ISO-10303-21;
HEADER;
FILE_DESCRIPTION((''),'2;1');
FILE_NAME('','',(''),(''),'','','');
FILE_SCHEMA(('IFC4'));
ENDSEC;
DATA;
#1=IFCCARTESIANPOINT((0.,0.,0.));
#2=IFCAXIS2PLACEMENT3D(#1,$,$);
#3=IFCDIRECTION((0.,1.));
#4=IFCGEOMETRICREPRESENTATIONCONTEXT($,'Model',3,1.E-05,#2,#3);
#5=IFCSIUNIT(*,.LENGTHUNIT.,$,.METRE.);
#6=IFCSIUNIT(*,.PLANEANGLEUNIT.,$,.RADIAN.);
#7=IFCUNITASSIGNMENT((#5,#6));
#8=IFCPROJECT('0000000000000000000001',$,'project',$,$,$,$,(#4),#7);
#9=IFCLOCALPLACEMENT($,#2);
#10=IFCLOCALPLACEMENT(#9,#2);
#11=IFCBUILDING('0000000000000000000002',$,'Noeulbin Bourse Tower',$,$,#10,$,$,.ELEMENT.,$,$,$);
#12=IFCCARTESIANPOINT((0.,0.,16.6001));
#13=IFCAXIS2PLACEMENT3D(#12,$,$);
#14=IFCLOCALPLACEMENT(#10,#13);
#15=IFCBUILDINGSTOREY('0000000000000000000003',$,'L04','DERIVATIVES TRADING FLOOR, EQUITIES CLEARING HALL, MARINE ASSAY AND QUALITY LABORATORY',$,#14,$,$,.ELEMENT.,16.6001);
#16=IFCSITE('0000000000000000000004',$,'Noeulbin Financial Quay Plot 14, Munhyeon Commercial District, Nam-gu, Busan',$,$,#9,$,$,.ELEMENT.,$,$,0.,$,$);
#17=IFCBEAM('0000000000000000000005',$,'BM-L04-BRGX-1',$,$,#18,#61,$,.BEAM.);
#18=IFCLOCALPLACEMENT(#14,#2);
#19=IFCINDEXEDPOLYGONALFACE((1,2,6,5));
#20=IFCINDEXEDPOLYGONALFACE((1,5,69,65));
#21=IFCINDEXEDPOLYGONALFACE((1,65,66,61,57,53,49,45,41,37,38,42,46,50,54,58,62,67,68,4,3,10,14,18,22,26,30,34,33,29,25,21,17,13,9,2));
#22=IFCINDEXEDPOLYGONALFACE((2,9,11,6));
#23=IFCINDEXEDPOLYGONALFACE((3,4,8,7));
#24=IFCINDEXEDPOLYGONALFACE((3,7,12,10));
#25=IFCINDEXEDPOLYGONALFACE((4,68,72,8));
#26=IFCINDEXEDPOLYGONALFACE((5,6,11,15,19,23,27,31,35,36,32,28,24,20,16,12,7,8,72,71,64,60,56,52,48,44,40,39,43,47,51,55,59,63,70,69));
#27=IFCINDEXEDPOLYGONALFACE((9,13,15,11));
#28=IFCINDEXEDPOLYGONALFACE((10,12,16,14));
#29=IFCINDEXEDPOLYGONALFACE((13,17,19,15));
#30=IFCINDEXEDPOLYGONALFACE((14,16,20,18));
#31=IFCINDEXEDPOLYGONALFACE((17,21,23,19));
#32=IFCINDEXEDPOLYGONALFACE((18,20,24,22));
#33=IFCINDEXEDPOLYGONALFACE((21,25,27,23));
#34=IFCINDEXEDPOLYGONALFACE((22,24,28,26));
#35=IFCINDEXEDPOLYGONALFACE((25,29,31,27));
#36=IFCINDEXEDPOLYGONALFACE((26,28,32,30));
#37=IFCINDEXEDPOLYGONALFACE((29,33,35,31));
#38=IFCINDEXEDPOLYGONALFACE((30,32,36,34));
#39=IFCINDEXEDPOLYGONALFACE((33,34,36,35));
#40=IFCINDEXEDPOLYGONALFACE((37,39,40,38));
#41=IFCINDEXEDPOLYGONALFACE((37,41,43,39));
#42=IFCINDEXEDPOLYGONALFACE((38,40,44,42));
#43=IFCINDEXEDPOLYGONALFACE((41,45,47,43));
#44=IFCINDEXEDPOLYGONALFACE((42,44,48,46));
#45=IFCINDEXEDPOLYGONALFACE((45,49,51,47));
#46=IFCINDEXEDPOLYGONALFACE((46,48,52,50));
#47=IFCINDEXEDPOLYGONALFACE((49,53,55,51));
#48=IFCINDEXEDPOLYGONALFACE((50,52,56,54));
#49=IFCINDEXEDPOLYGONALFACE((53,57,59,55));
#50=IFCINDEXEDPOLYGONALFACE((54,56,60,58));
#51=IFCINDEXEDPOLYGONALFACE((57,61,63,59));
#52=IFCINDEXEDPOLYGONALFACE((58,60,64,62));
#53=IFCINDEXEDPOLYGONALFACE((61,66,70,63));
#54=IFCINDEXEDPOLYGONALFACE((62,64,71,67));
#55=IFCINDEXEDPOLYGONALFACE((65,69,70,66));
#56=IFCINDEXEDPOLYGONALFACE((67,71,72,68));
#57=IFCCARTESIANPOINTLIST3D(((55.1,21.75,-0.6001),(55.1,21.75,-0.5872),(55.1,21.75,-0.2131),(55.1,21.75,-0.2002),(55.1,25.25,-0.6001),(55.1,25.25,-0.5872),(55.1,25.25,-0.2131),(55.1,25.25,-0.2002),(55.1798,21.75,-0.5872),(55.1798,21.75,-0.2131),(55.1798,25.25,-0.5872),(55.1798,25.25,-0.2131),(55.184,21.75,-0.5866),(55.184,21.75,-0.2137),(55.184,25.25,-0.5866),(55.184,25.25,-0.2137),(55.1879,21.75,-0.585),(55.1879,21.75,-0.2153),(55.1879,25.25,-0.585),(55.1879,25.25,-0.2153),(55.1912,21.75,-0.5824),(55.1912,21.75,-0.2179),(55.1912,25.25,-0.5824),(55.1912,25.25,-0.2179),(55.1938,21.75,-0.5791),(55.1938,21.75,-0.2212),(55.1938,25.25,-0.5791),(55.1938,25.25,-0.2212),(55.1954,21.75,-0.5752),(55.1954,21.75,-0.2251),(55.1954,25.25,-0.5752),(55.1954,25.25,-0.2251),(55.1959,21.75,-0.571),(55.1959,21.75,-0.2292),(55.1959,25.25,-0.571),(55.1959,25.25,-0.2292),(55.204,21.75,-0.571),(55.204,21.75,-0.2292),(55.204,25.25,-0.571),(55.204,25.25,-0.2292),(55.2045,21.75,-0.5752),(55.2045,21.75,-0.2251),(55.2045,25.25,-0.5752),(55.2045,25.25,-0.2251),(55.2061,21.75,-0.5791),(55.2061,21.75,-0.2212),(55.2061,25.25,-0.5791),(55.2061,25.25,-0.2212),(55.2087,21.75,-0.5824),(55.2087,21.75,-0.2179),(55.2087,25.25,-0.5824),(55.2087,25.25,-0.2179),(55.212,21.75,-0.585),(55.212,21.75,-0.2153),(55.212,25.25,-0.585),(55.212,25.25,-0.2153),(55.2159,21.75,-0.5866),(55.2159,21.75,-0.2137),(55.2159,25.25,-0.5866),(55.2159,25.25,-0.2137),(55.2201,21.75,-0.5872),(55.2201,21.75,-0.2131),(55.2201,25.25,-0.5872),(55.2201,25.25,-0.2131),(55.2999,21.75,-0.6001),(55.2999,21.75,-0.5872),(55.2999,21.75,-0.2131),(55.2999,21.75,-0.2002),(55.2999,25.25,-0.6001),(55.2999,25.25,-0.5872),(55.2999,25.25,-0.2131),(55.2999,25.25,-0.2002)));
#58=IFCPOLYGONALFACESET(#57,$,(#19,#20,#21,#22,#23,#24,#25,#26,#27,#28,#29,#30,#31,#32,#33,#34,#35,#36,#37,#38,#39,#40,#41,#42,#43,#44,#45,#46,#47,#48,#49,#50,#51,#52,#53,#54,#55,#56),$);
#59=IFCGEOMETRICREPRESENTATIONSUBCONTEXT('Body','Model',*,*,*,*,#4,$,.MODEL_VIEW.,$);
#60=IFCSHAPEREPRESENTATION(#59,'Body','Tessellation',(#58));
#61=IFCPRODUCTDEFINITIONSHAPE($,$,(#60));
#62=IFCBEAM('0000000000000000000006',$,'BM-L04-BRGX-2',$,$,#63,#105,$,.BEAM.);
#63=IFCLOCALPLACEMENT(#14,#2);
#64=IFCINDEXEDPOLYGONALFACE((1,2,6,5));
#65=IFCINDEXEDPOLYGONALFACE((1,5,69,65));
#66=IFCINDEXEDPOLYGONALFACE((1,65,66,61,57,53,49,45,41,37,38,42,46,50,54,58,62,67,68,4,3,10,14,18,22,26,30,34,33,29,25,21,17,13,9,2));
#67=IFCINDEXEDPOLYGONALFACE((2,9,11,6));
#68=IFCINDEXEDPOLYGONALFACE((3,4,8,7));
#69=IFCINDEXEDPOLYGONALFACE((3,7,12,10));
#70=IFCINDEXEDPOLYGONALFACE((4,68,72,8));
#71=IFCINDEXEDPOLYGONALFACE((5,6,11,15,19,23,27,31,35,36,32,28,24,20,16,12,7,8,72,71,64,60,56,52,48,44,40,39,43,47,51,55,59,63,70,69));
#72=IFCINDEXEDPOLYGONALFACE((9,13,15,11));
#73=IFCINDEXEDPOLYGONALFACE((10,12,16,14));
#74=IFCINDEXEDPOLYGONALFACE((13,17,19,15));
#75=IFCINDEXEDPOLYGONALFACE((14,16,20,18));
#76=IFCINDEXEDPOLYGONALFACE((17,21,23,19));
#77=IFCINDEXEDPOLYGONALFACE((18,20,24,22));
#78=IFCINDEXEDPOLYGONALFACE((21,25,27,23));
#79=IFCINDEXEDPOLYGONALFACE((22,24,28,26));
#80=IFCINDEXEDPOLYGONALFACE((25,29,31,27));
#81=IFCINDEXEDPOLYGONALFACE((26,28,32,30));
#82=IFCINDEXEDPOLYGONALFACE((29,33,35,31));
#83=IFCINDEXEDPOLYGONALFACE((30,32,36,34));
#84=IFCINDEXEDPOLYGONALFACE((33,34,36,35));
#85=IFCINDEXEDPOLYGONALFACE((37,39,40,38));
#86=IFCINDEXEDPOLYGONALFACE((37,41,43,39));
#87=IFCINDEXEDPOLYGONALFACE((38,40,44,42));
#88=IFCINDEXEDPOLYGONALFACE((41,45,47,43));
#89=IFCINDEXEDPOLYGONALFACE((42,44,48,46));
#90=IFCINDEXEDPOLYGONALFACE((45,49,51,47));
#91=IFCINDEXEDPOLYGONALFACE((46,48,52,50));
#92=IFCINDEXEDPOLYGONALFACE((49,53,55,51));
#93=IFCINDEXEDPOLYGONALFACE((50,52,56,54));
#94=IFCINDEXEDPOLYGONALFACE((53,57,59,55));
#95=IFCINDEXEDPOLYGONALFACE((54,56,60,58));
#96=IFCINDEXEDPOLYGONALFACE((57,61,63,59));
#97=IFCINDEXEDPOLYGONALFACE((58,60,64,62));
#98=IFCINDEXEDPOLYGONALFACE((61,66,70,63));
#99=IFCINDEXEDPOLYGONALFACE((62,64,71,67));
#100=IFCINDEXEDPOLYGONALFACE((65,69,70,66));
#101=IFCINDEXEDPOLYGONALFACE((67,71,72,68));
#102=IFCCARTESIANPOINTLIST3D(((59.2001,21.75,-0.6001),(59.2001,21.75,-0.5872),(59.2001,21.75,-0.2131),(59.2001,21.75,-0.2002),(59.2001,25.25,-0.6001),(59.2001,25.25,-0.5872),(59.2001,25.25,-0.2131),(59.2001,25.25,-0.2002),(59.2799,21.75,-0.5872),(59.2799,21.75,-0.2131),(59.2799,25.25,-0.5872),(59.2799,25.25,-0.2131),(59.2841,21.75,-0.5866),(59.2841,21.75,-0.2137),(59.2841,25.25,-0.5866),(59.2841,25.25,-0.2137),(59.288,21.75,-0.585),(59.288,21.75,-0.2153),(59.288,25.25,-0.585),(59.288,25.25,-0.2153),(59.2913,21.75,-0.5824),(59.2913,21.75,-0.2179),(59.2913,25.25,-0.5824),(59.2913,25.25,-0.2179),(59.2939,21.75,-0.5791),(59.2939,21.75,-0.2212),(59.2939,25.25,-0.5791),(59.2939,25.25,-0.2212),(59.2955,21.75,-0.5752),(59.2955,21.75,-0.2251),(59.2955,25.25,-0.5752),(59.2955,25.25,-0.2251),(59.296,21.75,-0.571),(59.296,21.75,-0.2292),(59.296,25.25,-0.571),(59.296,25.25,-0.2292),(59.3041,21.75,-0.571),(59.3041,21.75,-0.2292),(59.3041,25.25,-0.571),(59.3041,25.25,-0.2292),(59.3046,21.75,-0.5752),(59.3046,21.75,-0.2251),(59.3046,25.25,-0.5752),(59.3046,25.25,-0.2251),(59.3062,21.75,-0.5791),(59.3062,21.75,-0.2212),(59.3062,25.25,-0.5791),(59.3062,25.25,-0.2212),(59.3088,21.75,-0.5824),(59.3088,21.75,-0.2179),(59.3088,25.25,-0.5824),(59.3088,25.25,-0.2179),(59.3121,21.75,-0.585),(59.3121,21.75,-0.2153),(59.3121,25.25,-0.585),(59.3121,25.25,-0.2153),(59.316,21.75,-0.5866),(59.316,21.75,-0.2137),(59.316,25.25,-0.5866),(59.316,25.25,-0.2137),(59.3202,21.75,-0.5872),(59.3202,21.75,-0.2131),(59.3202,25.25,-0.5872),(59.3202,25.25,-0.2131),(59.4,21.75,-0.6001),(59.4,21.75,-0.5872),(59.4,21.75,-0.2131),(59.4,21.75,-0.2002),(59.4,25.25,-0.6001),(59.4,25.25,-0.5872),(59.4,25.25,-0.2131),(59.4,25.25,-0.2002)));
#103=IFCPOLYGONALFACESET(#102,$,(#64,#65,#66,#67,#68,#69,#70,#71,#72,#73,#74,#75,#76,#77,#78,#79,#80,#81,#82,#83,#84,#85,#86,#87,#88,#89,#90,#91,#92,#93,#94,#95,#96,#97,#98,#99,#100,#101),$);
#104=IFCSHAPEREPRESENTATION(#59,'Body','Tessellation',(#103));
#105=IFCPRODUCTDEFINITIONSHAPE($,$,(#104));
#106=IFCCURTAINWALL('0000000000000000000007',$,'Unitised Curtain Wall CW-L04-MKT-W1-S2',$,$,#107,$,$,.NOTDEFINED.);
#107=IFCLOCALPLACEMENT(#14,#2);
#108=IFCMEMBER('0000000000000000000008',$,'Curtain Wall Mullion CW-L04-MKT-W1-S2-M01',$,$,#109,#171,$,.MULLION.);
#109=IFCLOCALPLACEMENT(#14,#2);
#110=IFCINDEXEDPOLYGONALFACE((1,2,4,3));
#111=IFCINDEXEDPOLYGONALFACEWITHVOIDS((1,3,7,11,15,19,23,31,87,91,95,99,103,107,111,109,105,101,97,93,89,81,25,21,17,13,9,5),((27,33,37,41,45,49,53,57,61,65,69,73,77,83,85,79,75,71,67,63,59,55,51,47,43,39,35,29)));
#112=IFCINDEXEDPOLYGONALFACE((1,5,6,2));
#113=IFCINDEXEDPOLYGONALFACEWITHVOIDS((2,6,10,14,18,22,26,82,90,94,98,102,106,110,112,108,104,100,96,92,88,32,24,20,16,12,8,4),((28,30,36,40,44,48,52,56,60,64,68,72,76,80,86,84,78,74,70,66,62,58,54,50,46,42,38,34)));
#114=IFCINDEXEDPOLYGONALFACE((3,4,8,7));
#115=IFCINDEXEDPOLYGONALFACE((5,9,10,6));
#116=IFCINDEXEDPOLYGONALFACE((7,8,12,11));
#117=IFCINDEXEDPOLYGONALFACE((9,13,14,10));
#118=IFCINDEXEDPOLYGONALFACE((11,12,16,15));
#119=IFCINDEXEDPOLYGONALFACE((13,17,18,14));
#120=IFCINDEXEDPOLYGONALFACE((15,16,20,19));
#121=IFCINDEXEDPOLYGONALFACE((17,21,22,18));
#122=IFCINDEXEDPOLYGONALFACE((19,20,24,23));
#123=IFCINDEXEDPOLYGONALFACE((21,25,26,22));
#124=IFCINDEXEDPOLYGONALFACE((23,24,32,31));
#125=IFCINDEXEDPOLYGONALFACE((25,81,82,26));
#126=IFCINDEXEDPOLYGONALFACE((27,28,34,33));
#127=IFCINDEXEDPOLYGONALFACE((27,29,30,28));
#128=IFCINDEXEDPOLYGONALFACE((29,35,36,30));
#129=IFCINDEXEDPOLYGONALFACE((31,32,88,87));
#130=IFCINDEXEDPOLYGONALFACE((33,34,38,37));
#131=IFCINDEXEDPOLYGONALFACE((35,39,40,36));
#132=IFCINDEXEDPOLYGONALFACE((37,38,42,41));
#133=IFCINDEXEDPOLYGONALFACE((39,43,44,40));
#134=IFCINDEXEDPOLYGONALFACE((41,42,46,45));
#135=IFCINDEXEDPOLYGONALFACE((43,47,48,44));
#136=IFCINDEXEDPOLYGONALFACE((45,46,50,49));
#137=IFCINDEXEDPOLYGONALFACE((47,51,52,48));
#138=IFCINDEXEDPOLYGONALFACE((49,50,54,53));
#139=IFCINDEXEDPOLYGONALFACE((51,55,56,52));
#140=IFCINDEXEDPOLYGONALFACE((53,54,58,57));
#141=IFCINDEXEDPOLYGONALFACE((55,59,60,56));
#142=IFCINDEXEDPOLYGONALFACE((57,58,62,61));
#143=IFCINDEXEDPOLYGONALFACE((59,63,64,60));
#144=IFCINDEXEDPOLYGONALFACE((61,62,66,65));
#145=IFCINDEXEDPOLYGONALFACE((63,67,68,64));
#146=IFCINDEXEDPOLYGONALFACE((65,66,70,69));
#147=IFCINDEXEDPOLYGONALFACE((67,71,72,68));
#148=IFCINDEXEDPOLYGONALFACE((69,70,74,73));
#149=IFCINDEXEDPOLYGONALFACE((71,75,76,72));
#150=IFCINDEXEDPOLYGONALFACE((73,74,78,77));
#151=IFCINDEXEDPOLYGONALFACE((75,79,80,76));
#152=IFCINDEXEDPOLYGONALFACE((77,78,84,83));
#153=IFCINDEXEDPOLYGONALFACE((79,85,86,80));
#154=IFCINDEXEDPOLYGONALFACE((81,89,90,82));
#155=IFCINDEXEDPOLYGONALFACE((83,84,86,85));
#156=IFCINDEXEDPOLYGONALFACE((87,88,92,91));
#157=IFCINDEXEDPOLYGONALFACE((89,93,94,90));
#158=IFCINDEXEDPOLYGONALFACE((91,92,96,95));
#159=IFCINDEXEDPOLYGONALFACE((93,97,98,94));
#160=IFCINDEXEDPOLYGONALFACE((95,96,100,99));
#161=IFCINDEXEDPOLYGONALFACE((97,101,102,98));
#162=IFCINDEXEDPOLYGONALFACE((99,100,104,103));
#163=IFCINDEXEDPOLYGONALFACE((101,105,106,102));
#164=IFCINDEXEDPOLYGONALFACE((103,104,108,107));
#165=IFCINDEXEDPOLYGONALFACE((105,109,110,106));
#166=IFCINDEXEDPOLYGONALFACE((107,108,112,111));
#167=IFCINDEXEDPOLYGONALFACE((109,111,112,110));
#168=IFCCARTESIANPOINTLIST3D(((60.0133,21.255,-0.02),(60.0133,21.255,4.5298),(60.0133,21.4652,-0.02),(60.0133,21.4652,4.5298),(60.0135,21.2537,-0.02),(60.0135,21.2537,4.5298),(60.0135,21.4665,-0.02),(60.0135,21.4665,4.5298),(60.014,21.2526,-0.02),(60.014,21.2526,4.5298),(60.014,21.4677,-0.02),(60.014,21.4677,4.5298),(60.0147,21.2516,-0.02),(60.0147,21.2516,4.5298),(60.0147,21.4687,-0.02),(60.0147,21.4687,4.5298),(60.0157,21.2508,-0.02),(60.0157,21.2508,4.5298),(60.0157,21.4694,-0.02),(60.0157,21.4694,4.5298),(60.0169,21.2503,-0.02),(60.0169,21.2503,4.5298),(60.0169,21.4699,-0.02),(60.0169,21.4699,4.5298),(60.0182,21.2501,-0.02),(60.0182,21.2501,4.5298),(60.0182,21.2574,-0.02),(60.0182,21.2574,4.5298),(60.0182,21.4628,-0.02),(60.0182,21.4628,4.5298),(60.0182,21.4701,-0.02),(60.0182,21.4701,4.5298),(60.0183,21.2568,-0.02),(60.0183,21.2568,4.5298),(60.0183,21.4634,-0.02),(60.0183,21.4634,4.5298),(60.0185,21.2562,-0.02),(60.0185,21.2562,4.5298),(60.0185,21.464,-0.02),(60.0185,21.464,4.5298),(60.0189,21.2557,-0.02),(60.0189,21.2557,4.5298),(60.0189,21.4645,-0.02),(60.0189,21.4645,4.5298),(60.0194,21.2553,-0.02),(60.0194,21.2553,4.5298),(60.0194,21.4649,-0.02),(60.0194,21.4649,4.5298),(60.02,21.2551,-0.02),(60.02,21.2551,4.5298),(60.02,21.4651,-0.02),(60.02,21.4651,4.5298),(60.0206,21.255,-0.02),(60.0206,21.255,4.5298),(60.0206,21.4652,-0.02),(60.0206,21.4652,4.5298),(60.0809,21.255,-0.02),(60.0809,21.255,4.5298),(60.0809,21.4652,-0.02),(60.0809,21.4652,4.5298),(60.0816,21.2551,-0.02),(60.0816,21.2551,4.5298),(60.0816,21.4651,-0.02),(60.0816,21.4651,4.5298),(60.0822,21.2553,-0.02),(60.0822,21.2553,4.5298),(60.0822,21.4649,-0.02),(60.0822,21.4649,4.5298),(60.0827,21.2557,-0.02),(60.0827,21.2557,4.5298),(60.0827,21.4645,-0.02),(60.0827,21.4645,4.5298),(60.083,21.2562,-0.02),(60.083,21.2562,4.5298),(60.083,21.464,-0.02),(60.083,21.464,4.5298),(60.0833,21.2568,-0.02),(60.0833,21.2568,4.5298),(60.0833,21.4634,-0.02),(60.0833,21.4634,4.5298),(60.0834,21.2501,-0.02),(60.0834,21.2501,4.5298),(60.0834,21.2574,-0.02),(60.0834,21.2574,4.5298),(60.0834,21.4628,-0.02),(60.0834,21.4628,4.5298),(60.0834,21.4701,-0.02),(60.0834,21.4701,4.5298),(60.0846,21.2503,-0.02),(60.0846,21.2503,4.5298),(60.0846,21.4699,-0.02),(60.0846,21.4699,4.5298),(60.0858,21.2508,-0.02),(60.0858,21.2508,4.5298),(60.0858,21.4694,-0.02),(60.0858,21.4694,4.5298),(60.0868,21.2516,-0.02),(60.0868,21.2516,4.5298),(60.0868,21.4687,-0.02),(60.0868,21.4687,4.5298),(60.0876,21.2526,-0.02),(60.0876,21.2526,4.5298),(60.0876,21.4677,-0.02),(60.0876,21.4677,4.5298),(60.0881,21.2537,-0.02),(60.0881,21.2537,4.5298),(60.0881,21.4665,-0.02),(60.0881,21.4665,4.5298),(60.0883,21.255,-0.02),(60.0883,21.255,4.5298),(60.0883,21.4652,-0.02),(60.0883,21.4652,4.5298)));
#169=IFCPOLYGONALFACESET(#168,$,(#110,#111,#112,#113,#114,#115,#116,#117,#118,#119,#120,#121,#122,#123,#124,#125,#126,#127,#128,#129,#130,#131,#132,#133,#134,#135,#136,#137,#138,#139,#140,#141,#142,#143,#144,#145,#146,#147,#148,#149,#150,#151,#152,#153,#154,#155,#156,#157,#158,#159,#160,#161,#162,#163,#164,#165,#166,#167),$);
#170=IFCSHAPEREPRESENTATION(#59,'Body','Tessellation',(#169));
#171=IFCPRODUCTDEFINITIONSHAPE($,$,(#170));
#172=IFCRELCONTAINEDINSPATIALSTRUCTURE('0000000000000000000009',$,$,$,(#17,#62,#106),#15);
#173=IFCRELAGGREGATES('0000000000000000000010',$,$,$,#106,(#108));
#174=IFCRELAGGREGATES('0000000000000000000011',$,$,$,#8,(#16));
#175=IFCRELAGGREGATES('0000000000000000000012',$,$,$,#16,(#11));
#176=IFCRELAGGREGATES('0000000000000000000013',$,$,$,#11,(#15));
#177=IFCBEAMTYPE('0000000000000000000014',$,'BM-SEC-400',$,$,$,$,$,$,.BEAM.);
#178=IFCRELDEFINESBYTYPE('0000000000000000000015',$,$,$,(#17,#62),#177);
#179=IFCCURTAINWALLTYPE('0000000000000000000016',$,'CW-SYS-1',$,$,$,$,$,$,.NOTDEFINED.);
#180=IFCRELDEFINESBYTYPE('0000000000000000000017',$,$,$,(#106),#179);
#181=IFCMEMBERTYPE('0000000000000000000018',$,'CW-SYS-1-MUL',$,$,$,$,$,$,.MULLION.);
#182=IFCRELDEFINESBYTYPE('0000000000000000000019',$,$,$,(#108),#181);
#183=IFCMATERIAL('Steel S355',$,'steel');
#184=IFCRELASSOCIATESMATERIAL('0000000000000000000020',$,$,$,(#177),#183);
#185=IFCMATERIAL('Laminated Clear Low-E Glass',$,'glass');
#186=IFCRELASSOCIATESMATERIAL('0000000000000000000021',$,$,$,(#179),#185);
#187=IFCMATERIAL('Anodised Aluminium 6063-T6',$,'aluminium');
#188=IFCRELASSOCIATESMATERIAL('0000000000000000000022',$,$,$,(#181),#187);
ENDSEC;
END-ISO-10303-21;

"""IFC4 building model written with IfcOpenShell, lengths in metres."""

from ifc_helpers import new_model, si_unit, direction, frame, origin, origin_2d, place, context, subcontext, project, spatial, hollow_rectangle, i_section, extrude, material, material_profile, profile_set, type_object, element, aggregate, save


model = new_model("IFC4")

# Units and contexts
model_context = context("Model", 3, precision=1e-05, world=origin(), true_north=direction((0.0, 1.0)))
body_context = subcontext(model_context, "Body", "Model", "MODEL_VIEW")
ifc_project = project(units=[si_unit("LENGTHUNIT", "METRE"), si_unit("PLANEANGLEUNIT", "RADIAN")], contexts=[model_context])

# Site, building, storey
site_placement = place(None, origin())
site = spatial("IfcSite", under=ifc_project, at=site_placement, Name="Noeulbin Financial Quay Plot 14, Munhyeon Commercial District, Nam-gu, Busan", CompositionType="ELEMENT", RefElevation=0.0)
building_placement = place(site_placement, origin())
building = spatial("IfcBuilding", under=site, at=building_placement, Name="Noeulbin Bourse Tower", CompositionType="ELEMENT")
storey_placement = place(building_placement, frame((0.0, 0.0, 16.6001)))
storey = spatial("IfcBuildingStorey", under=building, at=storey_placement, Name="L04", Description="DERIVATIVES TRADING FLOOR, EQUITIES CLEARING HALL, MARINE ASSAY AND QUALITY LABORATORY", CompositionType="ELEMENT", Elevation=16.6001)

# Beams
ifc_material_1 = material(Name="Steel S355", Category="steel")
ifc_material_profile_1 = material_profile(ifc_material_1, i_section(OverallWidth=0.2, OverallDepth=0.3999, WebThickness=0.0081, FlangeThickness=0.0129, FilletRadius=0.0161, at=origin_2d()), Name="H-400x200x8x13", Category="LoadBearing")
ifc_profile_set_1 = profile_set([ifc_material_profile_1], Name="Steel S355")
beam_type = type_object("IfcBeamType", Name="BM-SEC-400", PredefinedType="BEAM", material=ifc_profile_set_1)
for number, where, z_axis, x_axis, name in (
    (1, (55.2, 21.75, -0.4001), (0.0, 1.0, 0.0), (-1.0, 0.0, 0.0), "BM-L04-BRGX-1"),
    (2, (59.3, 21.75, -0.4001), (0.0, 1.0, 0.0), (-1.0, 0.0, 0.0), "BM-L04-BRGX-2"),
):
    element("IfcBeam", number, at=place(storey_placement, frame(where, z_axis=z_axis, x_axis=x_axis)), inside=storey, type_object=beam_type, Name=name, PredefinedType="BEAM", context=body_context, shape_type="SweptSolid", body=[
        extrude(i_section(OverallWidth=0.2, OverallDepth=0.3999, WebThickness=0.0081, FlangeThickness=0.0129, FilletRadius=0.0161, at=origin_2d()), origin(), (0.0, 0.0, 1.0), 3.5),
    ])

# Curtain wall, member
ifc_material_2 = material(Name="Laminated Clear Low-E Glass", Category="glass")
curtain_wall_type_1 = type_object("IfcCurtainWallType", Name="CW-SYS-1", PredefinedType="NOTDEFINED", material=ifc_material_2)
curtain_wall_1_placement = place(storey_placement, origin())
curtain_wall_1 = element("IfcCurtainWall", 3, at=curtain_wall_1_placement, inside=storey, type_object=curtain_wall_type_1, Name="Unitised Curtain Wall CW-L04-MKT-W1-S2", PredefinedType="NOTDEFINED")
ifc_material_3 = material(Name="Anodised Aluminium 6063-T6", Category="aluminium")
ifc_material_profile_2 = material_profile(ifc_material_3, hollow_rectangle(XDim=0.075, YDim=0.22, WallThickness=0.0049, InnerFilletRadius=0.0024, OuterFilletRadius=0.0049, at=origin_2d()), Name="ALU-MULL-75x220x5", Category="LoadBearing")
ifc_profile_set_2 = profile_set([ifc_material_profile_2], Name="Anodised Aluminium 6063-T6")
member_type_1 = type_object("IfcMemberType", Name="CW-SYS-1-MUL", PredefinedType="MULLION", material=ifc_profile_set_2)
member_1_placement = place(storey_placement, frame((60.0508, 21.3601, -0.02), z_axis=(0.0, 0.0, 1.0), x_axis=(1.0, 0.0, 0.0)))
member_1 = element("IfcMember", 4, at=member_1_placement, type_object=member_type_1, Name="Curtain Wall Mullion CW-L04-MKT-W1-S2-M01", PredefinedType="MULLION", context=body_context, shape_type="SweptSolid", body=[
    extrude(hollow_rectangle(XDim=0.075, YDim=0.22, WallThickness=0.0049, InnerFilletRadius=0.0024, OuterFilletRadius=0.0049, at=origin_2d()), origin(), (0.0, 0.0, 1.0), 4.5498),
])

aggregate(curtain_wall_1, [member_1])

save(model, "model.ifc")
